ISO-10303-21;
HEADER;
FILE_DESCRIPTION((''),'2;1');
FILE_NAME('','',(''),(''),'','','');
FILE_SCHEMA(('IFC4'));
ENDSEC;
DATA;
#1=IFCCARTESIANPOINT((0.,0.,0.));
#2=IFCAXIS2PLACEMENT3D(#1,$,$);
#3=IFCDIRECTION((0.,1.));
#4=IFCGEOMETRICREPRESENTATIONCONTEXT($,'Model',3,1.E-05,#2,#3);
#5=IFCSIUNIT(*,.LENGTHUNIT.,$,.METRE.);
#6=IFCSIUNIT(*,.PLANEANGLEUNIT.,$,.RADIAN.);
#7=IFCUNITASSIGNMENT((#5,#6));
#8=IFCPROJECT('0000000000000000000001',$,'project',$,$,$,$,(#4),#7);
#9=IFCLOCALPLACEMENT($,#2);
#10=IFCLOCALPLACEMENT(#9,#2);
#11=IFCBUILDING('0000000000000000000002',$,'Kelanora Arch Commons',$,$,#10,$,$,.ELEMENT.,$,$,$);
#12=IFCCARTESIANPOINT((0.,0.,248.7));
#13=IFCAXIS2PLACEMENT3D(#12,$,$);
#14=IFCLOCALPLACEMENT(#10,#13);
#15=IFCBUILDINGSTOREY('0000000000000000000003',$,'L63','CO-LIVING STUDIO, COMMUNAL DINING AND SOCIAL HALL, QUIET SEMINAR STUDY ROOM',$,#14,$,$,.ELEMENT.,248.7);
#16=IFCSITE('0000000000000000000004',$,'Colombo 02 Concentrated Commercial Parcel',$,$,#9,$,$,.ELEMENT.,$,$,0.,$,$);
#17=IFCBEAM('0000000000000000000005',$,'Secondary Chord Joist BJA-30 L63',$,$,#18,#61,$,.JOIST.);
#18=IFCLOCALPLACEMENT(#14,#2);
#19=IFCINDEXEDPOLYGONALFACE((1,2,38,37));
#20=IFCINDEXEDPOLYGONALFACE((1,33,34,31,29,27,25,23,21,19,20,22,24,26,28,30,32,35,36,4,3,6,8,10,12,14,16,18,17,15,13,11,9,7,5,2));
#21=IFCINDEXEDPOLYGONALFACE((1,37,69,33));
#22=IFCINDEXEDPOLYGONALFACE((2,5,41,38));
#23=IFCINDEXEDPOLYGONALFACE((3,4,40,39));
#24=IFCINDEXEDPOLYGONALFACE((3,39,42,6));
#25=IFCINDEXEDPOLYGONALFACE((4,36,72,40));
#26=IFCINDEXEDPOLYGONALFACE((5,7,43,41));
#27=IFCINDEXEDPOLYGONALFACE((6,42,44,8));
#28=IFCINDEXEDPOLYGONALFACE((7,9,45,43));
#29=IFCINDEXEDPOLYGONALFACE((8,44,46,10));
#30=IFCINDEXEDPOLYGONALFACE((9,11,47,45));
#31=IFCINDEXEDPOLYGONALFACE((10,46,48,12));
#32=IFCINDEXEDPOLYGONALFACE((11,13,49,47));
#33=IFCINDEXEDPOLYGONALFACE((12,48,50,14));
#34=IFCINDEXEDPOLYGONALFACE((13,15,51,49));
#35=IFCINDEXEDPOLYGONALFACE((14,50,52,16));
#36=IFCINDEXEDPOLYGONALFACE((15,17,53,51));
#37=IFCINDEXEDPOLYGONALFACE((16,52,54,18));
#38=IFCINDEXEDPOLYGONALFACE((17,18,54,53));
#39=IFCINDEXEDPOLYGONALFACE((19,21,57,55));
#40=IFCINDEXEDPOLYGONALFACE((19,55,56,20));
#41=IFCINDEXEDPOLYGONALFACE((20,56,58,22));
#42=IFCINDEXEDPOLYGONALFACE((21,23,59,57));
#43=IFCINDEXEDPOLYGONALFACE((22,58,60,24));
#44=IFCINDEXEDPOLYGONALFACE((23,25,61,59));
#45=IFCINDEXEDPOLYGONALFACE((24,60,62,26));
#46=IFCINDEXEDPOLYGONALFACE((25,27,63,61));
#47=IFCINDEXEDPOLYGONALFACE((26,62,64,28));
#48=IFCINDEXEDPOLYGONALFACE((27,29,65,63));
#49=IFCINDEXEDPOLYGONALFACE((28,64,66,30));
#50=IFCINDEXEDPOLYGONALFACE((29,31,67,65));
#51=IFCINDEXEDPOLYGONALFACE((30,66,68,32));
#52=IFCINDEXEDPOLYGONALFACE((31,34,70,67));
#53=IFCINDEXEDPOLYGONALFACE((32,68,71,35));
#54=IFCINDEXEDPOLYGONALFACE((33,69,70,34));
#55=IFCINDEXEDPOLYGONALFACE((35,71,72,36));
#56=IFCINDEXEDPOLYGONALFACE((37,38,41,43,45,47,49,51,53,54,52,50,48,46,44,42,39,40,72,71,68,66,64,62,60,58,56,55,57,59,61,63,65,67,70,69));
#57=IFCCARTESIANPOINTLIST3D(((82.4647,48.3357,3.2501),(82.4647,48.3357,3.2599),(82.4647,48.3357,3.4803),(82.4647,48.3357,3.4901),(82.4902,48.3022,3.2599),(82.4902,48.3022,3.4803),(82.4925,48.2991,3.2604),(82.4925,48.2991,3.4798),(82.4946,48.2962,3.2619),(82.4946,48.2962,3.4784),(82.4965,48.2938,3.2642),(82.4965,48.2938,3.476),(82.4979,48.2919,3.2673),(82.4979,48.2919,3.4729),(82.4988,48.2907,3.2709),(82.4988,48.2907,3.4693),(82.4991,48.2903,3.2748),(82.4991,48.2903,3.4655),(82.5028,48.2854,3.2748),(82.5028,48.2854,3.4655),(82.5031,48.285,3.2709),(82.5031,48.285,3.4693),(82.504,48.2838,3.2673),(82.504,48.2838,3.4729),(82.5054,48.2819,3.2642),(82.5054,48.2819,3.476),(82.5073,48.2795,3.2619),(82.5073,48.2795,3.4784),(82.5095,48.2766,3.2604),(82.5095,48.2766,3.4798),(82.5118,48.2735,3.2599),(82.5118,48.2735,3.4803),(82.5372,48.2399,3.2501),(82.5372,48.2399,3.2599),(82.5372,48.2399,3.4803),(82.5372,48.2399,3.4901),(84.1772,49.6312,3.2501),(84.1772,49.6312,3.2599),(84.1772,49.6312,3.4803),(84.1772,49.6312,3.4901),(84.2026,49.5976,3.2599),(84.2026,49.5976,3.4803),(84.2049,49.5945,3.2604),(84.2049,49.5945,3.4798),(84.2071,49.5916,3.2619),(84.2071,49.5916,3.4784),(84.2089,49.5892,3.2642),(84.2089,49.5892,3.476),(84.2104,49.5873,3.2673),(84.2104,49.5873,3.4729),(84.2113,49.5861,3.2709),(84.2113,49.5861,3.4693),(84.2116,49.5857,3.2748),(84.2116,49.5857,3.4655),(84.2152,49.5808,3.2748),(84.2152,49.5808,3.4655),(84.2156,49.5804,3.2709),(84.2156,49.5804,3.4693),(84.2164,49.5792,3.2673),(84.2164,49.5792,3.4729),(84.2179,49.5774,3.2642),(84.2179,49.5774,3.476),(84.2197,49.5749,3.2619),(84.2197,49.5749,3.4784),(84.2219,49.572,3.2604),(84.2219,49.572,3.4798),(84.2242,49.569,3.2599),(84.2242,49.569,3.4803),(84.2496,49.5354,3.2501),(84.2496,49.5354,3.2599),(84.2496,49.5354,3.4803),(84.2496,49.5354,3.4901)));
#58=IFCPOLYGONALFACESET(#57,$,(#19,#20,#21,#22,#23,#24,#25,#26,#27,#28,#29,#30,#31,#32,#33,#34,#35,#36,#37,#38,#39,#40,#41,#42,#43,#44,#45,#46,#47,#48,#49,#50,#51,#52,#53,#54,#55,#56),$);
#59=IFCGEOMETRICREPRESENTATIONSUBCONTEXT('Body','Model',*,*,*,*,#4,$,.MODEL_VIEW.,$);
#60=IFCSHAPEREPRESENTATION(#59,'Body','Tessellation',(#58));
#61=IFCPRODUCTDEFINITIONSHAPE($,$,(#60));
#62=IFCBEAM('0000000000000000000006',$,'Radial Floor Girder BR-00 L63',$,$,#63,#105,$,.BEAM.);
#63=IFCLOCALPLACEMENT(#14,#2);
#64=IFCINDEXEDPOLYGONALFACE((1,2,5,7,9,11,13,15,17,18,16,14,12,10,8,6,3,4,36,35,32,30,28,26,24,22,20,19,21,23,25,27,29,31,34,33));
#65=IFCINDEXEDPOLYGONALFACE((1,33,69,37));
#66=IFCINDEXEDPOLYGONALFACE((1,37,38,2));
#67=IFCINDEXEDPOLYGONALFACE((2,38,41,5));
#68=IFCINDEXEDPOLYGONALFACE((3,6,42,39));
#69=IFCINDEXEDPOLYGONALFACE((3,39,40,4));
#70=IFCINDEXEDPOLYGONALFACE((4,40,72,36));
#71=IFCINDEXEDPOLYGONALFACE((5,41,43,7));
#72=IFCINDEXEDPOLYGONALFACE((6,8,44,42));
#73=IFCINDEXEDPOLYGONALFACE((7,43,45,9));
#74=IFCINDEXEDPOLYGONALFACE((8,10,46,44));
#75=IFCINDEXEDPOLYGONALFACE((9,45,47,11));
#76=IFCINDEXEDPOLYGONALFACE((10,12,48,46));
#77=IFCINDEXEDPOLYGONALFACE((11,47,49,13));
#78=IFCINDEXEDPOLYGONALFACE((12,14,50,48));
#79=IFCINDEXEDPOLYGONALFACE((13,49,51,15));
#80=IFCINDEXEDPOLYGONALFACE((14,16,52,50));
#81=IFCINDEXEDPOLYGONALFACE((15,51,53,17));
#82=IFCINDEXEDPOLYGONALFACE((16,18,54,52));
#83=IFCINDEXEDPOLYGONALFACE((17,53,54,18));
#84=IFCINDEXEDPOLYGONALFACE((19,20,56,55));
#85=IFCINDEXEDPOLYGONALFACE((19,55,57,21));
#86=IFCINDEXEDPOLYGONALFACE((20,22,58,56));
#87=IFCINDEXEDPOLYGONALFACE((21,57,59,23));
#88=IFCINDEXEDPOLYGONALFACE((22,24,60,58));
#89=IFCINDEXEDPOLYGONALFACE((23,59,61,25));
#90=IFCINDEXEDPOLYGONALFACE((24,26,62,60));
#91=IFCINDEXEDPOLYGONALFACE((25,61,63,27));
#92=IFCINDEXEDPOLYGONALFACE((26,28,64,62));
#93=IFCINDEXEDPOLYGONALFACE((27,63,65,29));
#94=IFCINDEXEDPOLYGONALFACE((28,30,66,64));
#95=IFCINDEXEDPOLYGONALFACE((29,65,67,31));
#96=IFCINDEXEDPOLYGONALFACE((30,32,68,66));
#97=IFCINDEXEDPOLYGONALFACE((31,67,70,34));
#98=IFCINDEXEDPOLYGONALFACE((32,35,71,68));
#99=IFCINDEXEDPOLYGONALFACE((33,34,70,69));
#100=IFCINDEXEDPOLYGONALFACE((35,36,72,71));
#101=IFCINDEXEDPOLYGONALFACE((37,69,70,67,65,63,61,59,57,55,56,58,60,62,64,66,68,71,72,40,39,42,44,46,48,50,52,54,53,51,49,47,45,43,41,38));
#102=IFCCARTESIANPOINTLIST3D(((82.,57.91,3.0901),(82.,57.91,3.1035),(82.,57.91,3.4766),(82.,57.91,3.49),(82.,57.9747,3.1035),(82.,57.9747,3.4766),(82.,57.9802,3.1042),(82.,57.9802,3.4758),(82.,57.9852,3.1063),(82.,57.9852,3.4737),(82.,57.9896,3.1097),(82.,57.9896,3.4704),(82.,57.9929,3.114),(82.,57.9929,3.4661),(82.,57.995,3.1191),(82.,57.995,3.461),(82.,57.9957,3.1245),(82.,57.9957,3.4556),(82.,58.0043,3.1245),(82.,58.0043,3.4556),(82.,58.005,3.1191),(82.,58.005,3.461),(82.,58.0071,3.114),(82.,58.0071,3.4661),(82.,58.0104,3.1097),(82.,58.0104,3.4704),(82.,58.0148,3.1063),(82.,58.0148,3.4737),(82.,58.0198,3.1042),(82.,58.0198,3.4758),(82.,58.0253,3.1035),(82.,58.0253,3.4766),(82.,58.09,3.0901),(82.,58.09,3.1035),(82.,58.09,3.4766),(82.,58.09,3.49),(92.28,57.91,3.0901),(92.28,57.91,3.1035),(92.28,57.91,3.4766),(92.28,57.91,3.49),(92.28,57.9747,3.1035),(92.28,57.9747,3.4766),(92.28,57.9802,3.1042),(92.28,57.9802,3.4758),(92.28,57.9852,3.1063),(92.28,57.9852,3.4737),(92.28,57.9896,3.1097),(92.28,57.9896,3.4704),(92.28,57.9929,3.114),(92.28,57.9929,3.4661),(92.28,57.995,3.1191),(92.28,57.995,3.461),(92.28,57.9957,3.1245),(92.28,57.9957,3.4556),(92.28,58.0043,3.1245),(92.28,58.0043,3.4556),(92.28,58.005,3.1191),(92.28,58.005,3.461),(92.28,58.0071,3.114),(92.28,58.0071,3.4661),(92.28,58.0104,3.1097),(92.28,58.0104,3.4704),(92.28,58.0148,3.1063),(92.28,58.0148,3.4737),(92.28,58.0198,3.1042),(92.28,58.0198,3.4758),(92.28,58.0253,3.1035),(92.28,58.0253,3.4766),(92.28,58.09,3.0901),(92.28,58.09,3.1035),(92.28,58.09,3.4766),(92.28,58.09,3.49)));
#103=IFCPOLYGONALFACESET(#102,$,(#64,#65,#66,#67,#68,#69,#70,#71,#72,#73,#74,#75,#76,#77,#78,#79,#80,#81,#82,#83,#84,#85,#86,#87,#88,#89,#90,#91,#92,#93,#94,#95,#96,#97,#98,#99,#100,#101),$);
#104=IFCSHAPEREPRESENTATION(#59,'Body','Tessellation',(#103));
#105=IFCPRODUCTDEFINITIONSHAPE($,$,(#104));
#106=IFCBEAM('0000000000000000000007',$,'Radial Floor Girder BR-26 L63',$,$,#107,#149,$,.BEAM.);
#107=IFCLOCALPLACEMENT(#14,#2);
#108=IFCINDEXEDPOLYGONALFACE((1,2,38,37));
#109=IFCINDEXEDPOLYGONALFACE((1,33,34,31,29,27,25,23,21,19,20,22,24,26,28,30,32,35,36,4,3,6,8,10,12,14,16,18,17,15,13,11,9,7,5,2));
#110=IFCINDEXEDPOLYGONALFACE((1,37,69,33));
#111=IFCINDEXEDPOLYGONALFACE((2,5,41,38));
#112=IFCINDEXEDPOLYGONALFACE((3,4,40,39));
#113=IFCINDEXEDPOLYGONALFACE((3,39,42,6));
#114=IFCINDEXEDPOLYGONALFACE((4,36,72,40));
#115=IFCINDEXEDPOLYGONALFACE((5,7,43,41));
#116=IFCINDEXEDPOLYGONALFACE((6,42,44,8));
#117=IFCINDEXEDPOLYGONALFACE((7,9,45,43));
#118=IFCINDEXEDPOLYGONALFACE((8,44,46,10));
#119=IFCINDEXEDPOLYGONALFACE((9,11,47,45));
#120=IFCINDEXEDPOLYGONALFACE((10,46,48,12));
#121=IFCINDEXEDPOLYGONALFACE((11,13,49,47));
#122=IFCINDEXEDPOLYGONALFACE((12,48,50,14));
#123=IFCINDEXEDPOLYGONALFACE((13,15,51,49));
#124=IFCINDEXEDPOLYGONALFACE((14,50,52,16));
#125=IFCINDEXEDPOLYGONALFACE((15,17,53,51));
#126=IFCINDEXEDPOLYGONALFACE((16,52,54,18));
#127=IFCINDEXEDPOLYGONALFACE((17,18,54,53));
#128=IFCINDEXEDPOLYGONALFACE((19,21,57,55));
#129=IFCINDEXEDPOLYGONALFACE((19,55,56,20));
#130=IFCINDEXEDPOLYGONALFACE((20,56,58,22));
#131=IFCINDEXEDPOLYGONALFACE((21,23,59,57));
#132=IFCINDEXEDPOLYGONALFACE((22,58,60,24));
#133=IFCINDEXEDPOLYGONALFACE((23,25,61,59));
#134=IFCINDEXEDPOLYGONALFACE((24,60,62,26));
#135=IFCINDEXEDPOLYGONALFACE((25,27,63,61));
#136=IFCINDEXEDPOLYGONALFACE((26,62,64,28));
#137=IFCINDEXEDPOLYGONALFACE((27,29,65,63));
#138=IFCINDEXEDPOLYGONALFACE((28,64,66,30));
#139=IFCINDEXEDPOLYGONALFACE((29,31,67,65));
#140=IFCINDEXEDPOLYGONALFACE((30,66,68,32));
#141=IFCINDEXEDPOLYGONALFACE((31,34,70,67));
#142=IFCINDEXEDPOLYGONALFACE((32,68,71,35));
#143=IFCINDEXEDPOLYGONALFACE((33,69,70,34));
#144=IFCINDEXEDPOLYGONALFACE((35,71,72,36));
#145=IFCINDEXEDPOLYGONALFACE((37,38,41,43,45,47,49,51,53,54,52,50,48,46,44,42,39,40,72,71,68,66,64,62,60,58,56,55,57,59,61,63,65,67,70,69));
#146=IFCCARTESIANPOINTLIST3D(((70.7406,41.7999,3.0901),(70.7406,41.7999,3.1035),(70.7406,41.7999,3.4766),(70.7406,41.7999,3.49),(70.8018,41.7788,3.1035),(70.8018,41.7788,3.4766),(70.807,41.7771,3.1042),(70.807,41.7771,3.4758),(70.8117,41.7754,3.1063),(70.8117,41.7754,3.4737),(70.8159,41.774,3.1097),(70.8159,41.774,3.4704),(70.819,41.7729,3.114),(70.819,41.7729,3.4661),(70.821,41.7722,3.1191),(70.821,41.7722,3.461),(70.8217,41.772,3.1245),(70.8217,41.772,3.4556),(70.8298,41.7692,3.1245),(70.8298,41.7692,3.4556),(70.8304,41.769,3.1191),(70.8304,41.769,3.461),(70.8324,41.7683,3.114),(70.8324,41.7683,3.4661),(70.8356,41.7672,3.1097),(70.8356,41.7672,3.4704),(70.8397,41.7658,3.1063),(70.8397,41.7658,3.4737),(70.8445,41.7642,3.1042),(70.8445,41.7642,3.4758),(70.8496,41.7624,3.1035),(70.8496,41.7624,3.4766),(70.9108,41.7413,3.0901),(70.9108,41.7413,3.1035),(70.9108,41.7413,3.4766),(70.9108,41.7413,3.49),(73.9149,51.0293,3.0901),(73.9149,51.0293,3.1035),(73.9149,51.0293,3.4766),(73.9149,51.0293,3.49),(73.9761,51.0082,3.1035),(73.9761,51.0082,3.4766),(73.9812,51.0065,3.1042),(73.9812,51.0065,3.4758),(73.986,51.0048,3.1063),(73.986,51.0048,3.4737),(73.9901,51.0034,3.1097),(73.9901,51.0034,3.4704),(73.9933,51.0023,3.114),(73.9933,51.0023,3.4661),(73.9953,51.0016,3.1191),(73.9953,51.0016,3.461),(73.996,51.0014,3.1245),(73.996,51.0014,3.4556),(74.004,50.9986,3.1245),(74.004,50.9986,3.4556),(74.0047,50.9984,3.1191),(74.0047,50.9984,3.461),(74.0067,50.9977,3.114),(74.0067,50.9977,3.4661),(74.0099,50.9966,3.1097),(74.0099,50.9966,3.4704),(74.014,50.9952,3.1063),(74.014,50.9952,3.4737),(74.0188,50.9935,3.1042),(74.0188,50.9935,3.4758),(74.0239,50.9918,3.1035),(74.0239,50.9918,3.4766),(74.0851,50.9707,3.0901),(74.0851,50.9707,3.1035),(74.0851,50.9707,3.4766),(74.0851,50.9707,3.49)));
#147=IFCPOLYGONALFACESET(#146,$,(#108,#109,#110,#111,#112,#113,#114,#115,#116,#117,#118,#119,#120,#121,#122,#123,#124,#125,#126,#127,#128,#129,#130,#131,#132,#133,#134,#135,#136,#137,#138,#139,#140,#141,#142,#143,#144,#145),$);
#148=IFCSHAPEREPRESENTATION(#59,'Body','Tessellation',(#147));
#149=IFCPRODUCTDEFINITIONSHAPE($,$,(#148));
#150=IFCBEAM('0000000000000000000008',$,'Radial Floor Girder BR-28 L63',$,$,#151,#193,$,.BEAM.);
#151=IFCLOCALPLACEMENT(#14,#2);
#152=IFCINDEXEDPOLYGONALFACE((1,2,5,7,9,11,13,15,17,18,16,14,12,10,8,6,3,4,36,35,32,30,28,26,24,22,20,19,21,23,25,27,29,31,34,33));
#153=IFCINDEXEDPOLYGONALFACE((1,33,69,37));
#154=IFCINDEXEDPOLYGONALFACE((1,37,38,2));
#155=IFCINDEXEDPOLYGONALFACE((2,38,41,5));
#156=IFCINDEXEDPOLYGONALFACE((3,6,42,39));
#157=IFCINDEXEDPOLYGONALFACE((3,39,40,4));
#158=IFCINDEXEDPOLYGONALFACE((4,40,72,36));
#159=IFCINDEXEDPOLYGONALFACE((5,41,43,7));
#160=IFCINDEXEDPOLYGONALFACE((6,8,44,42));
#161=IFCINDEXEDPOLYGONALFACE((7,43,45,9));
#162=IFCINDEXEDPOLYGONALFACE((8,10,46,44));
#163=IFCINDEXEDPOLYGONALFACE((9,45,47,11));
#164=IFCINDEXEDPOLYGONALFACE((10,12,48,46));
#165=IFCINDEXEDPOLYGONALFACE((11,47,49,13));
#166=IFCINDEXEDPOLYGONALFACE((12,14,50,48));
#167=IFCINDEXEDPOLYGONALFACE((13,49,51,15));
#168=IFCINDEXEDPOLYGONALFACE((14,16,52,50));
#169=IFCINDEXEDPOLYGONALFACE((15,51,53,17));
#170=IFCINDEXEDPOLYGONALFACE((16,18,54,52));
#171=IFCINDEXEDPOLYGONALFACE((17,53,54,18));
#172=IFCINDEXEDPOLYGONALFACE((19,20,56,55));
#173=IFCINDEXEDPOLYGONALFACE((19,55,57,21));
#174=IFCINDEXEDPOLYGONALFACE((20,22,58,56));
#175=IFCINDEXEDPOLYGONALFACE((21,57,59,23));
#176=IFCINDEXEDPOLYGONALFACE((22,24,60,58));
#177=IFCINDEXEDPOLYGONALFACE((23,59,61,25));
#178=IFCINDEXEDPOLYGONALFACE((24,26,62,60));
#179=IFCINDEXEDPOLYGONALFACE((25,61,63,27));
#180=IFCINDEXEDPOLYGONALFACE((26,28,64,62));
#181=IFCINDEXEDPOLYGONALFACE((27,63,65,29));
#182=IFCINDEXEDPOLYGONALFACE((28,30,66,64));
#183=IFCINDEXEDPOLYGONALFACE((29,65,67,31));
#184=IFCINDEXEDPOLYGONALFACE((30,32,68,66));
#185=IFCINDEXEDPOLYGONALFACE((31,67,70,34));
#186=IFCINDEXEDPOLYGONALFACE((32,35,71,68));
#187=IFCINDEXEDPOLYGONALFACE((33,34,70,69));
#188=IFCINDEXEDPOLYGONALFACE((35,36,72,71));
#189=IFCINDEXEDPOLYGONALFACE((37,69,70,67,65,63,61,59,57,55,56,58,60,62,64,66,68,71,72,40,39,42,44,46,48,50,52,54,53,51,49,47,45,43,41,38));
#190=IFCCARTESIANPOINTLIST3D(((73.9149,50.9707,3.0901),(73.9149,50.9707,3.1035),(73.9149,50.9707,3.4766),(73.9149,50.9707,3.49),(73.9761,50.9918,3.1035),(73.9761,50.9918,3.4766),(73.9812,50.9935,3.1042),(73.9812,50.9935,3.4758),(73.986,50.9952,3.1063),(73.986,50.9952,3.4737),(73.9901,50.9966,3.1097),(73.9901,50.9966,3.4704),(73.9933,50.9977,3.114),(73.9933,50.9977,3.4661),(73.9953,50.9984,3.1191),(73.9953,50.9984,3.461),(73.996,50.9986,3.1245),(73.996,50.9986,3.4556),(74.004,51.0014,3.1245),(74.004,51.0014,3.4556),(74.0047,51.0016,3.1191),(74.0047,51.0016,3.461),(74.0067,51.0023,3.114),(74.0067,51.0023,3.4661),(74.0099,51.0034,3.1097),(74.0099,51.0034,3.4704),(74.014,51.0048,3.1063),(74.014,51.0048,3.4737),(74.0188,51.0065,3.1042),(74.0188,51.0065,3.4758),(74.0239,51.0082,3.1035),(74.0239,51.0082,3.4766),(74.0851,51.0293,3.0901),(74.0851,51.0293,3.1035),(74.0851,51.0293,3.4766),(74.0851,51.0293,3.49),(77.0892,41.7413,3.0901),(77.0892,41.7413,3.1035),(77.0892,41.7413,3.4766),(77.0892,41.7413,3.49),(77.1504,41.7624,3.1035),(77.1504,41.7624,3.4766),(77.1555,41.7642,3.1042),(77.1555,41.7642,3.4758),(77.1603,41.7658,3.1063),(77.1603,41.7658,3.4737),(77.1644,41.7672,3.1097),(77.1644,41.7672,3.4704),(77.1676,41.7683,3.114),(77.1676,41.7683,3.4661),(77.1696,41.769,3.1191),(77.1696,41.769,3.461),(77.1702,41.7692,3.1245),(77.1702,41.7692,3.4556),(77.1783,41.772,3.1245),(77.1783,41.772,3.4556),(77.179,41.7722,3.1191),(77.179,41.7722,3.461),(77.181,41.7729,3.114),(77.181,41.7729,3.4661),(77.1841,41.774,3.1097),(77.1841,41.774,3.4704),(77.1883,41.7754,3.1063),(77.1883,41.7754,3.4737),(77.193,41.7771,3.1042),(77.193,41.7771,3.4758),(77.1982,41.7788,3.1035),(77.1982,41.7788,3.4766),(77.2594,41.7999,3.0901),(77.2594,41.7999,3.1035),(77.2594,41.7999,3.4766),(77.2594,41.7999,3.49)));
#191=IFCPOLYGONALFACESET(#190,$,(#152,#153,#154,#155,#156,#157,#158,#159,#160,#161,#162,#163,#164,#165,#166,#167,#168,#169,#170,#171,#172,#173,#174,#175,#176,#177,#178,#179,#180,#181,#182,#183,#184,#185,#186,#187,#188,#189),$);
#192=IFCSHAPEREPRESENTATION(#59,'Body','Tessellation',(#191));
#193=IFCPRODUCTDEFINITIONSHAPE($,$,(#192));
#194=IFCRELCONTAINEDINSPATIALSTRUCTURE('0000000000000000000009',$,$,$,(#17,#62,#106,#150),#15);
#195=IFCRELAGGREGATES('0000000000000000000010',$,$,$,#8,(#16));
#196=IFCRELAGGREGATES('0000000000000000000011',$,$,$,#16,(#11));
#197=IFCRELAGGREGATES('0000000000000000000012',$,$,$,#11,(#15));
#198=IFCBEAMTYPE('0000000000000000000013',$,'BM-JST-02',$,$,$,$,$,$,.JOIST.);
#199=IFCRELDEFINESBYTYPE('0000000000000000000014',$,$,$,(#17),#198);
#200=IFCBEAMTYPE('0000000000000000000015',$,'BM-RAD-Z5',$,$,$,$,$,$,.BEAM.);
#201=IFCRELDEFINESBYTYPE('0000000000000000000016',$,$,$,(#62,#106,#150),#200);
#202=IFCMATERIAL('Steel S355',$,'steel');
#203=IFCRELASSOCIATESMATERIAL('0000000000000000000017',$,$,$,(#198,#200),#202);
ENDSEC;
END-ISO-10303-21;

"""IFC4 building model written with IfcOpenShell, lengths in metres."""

from ifc_helpers import new_model, si_unit, direction, frame, origin, origin_2d, place, context, subcontext, project, spatial, i_section, extrude, material, material_profile, profile_set, type_object, element, save


model = new_model("IFC4")

# Units and contexts
model_context = context("Model", 3, precision=1e-05, world=origin(), true_north=direction((0.0, 1.0)))
body_context = subcontext(model_context, "Body", "Model", "MODEL_VIEW")
ifc_project = project(units=[si_unit("LENGTHUNIT", "METRE"), si_unit("PLANEANGLEUNIT", "RADIAN")], contexts=[model_context])

# Site, building, storey
site_placement = place(None, origin())
site = spatial("IfcSite", under=ifc_project, at=site_placement, Name="Colombo 02 Concentrated Commercial Parcel", CompositionType="ELEMENT", RefElevation=0.0)
building_placement = place(site_placement, origin())
building = spatial("IfcBuilding", under=site, at=building_placement, Name="Kelanora Arch Commons", CompositionType="ELEMENT")
storey_placement = place(building_placement, frame((0.0, 0.0, 248.7)))
storey = spatial("IfcBuildingStorey", under=building, at=storey_placement, Name="L63", Description="CO-LIVING STUDIO, COMMUNAL DINING AND SOCIAL HALL, QUIET SEMINAR STUDY ROOM", CompositionType="ELEMENT", Elevation=248.7)

# Beams
ifc_material_1 = material(Name="Steel S355", Category="steel")
ifc_material_profile_1 = material_profile(ifc_material_1, i_section(OverallWidth=0.1201, OverallDepth=0.24, WebThickness=0.0061, FlangeThickness=0.0098, FilletRadius=0.0149, at=origin_2d()), Name="IPE240")
ifc_profile_set_1 = profile_set([ifc_material_profile_1], Name="Steel S355")
beam_type_1 = type_object("IfcBeamType", Name="BM-JST-02", PredefinedType="JOIST", material=ifc_profile_set_1)
beam_1_placement = place(storey_placement, frame((82.501, 48.2878, 3.3701), z_axis=(0.79751, 0.603306, 0.0), x_axis=(-0.603306, 0.79751, 0.0)))
element("IfcBeam", 1, at=beam_1_placement, inside=storey, type_object=beam_type_1, Name="Secondary Chord Joist BJA-30 L63", PredefinedType="JOIST", context=body_context, shape_type="SweptSolid", body=[
    extrude(i_section(OverallWidth=0.1201, OverallDepth=0.24, WebThickness=0.0061, FlangeThickness=0.0098, FilletRadius=0.0149, at=origin_2d()), origin(), (0.0, 0.0, 1.0), 2.1472),
])
ifc_material_profile_2 = material_profile(ifc_material_1, i_section(OverallWidth=0.1799, OverallDepth=0.3999, WebThickness=0.0085, FlangeThickness=0.0134, FilletRadius=0.021, at=origin_2d()), Name="IPE400")
ifc_profile_set_2 = profile_set([ifc_material_profile_2], Name="Steel S355")
beam_type_2 = type_object("IfcBeamType", Name="BM-RAD-Z5", PredefinedType="BEAM", material=ifc_profile_set_2)
beam_2_placement = place(storey_placement, frame((82.0, 58.0, 3.29), z_axis=(1.0, 0.0, 0.0), x_axis=(0.0, 1.0, 0.0)))
element("IfcBeam", 2, at=beam_2_placement, inside=storey, type_object=beam_type_2, Name="Radial Floor Girder BR-00 L63", PredefinedType="BEAM", context=body_context, shape_type="SweptSolid", body=[
    extrude(i_section(OverallWidth=0.1799, OverallDepth=0.3999, WebThickness=0.0085, FlangeThickness=0.0134, FilletRadius=0.021, at=origin_2d()), origin(), (0.0, 0.0, 1.0), 10.28),
])
for number, where, z_axis, x_axis, name in (
    (3, (74.0, 51.0, 3.29), (-0.325234, -0.945634, 0.0), (0.945634, -0.325234, 0.0), "Radial Floor Girder BR-26 L63"),
    (4, (74.0, 51.0, 3.29), (0.325234, -0.945634, 0.0), (0.945634, 0.325234, 0.0), "Radial Floor Girder BR-28 L63"),
):
    element("IfcBeam", number, at=place(storey_placement, frame(where, z_axis=z_axis, x_axis=x_axis)), inside=storey, type_object=beam_type_2, Name=name, PredefinedType="BEAM", context=body_context, shape_type="SweptSolid", body=[
        extrude(i_section(OverallWidth=0.1799, OverallDepth=0.3999, WebThickness=0.0085, FlangeThickness=0.0134, FilletRadius=0.021, at=origin_2d()), origin(), (0.0, 0.0, 1.0), 9.76),
    ])

save(model, "model.ifc")
